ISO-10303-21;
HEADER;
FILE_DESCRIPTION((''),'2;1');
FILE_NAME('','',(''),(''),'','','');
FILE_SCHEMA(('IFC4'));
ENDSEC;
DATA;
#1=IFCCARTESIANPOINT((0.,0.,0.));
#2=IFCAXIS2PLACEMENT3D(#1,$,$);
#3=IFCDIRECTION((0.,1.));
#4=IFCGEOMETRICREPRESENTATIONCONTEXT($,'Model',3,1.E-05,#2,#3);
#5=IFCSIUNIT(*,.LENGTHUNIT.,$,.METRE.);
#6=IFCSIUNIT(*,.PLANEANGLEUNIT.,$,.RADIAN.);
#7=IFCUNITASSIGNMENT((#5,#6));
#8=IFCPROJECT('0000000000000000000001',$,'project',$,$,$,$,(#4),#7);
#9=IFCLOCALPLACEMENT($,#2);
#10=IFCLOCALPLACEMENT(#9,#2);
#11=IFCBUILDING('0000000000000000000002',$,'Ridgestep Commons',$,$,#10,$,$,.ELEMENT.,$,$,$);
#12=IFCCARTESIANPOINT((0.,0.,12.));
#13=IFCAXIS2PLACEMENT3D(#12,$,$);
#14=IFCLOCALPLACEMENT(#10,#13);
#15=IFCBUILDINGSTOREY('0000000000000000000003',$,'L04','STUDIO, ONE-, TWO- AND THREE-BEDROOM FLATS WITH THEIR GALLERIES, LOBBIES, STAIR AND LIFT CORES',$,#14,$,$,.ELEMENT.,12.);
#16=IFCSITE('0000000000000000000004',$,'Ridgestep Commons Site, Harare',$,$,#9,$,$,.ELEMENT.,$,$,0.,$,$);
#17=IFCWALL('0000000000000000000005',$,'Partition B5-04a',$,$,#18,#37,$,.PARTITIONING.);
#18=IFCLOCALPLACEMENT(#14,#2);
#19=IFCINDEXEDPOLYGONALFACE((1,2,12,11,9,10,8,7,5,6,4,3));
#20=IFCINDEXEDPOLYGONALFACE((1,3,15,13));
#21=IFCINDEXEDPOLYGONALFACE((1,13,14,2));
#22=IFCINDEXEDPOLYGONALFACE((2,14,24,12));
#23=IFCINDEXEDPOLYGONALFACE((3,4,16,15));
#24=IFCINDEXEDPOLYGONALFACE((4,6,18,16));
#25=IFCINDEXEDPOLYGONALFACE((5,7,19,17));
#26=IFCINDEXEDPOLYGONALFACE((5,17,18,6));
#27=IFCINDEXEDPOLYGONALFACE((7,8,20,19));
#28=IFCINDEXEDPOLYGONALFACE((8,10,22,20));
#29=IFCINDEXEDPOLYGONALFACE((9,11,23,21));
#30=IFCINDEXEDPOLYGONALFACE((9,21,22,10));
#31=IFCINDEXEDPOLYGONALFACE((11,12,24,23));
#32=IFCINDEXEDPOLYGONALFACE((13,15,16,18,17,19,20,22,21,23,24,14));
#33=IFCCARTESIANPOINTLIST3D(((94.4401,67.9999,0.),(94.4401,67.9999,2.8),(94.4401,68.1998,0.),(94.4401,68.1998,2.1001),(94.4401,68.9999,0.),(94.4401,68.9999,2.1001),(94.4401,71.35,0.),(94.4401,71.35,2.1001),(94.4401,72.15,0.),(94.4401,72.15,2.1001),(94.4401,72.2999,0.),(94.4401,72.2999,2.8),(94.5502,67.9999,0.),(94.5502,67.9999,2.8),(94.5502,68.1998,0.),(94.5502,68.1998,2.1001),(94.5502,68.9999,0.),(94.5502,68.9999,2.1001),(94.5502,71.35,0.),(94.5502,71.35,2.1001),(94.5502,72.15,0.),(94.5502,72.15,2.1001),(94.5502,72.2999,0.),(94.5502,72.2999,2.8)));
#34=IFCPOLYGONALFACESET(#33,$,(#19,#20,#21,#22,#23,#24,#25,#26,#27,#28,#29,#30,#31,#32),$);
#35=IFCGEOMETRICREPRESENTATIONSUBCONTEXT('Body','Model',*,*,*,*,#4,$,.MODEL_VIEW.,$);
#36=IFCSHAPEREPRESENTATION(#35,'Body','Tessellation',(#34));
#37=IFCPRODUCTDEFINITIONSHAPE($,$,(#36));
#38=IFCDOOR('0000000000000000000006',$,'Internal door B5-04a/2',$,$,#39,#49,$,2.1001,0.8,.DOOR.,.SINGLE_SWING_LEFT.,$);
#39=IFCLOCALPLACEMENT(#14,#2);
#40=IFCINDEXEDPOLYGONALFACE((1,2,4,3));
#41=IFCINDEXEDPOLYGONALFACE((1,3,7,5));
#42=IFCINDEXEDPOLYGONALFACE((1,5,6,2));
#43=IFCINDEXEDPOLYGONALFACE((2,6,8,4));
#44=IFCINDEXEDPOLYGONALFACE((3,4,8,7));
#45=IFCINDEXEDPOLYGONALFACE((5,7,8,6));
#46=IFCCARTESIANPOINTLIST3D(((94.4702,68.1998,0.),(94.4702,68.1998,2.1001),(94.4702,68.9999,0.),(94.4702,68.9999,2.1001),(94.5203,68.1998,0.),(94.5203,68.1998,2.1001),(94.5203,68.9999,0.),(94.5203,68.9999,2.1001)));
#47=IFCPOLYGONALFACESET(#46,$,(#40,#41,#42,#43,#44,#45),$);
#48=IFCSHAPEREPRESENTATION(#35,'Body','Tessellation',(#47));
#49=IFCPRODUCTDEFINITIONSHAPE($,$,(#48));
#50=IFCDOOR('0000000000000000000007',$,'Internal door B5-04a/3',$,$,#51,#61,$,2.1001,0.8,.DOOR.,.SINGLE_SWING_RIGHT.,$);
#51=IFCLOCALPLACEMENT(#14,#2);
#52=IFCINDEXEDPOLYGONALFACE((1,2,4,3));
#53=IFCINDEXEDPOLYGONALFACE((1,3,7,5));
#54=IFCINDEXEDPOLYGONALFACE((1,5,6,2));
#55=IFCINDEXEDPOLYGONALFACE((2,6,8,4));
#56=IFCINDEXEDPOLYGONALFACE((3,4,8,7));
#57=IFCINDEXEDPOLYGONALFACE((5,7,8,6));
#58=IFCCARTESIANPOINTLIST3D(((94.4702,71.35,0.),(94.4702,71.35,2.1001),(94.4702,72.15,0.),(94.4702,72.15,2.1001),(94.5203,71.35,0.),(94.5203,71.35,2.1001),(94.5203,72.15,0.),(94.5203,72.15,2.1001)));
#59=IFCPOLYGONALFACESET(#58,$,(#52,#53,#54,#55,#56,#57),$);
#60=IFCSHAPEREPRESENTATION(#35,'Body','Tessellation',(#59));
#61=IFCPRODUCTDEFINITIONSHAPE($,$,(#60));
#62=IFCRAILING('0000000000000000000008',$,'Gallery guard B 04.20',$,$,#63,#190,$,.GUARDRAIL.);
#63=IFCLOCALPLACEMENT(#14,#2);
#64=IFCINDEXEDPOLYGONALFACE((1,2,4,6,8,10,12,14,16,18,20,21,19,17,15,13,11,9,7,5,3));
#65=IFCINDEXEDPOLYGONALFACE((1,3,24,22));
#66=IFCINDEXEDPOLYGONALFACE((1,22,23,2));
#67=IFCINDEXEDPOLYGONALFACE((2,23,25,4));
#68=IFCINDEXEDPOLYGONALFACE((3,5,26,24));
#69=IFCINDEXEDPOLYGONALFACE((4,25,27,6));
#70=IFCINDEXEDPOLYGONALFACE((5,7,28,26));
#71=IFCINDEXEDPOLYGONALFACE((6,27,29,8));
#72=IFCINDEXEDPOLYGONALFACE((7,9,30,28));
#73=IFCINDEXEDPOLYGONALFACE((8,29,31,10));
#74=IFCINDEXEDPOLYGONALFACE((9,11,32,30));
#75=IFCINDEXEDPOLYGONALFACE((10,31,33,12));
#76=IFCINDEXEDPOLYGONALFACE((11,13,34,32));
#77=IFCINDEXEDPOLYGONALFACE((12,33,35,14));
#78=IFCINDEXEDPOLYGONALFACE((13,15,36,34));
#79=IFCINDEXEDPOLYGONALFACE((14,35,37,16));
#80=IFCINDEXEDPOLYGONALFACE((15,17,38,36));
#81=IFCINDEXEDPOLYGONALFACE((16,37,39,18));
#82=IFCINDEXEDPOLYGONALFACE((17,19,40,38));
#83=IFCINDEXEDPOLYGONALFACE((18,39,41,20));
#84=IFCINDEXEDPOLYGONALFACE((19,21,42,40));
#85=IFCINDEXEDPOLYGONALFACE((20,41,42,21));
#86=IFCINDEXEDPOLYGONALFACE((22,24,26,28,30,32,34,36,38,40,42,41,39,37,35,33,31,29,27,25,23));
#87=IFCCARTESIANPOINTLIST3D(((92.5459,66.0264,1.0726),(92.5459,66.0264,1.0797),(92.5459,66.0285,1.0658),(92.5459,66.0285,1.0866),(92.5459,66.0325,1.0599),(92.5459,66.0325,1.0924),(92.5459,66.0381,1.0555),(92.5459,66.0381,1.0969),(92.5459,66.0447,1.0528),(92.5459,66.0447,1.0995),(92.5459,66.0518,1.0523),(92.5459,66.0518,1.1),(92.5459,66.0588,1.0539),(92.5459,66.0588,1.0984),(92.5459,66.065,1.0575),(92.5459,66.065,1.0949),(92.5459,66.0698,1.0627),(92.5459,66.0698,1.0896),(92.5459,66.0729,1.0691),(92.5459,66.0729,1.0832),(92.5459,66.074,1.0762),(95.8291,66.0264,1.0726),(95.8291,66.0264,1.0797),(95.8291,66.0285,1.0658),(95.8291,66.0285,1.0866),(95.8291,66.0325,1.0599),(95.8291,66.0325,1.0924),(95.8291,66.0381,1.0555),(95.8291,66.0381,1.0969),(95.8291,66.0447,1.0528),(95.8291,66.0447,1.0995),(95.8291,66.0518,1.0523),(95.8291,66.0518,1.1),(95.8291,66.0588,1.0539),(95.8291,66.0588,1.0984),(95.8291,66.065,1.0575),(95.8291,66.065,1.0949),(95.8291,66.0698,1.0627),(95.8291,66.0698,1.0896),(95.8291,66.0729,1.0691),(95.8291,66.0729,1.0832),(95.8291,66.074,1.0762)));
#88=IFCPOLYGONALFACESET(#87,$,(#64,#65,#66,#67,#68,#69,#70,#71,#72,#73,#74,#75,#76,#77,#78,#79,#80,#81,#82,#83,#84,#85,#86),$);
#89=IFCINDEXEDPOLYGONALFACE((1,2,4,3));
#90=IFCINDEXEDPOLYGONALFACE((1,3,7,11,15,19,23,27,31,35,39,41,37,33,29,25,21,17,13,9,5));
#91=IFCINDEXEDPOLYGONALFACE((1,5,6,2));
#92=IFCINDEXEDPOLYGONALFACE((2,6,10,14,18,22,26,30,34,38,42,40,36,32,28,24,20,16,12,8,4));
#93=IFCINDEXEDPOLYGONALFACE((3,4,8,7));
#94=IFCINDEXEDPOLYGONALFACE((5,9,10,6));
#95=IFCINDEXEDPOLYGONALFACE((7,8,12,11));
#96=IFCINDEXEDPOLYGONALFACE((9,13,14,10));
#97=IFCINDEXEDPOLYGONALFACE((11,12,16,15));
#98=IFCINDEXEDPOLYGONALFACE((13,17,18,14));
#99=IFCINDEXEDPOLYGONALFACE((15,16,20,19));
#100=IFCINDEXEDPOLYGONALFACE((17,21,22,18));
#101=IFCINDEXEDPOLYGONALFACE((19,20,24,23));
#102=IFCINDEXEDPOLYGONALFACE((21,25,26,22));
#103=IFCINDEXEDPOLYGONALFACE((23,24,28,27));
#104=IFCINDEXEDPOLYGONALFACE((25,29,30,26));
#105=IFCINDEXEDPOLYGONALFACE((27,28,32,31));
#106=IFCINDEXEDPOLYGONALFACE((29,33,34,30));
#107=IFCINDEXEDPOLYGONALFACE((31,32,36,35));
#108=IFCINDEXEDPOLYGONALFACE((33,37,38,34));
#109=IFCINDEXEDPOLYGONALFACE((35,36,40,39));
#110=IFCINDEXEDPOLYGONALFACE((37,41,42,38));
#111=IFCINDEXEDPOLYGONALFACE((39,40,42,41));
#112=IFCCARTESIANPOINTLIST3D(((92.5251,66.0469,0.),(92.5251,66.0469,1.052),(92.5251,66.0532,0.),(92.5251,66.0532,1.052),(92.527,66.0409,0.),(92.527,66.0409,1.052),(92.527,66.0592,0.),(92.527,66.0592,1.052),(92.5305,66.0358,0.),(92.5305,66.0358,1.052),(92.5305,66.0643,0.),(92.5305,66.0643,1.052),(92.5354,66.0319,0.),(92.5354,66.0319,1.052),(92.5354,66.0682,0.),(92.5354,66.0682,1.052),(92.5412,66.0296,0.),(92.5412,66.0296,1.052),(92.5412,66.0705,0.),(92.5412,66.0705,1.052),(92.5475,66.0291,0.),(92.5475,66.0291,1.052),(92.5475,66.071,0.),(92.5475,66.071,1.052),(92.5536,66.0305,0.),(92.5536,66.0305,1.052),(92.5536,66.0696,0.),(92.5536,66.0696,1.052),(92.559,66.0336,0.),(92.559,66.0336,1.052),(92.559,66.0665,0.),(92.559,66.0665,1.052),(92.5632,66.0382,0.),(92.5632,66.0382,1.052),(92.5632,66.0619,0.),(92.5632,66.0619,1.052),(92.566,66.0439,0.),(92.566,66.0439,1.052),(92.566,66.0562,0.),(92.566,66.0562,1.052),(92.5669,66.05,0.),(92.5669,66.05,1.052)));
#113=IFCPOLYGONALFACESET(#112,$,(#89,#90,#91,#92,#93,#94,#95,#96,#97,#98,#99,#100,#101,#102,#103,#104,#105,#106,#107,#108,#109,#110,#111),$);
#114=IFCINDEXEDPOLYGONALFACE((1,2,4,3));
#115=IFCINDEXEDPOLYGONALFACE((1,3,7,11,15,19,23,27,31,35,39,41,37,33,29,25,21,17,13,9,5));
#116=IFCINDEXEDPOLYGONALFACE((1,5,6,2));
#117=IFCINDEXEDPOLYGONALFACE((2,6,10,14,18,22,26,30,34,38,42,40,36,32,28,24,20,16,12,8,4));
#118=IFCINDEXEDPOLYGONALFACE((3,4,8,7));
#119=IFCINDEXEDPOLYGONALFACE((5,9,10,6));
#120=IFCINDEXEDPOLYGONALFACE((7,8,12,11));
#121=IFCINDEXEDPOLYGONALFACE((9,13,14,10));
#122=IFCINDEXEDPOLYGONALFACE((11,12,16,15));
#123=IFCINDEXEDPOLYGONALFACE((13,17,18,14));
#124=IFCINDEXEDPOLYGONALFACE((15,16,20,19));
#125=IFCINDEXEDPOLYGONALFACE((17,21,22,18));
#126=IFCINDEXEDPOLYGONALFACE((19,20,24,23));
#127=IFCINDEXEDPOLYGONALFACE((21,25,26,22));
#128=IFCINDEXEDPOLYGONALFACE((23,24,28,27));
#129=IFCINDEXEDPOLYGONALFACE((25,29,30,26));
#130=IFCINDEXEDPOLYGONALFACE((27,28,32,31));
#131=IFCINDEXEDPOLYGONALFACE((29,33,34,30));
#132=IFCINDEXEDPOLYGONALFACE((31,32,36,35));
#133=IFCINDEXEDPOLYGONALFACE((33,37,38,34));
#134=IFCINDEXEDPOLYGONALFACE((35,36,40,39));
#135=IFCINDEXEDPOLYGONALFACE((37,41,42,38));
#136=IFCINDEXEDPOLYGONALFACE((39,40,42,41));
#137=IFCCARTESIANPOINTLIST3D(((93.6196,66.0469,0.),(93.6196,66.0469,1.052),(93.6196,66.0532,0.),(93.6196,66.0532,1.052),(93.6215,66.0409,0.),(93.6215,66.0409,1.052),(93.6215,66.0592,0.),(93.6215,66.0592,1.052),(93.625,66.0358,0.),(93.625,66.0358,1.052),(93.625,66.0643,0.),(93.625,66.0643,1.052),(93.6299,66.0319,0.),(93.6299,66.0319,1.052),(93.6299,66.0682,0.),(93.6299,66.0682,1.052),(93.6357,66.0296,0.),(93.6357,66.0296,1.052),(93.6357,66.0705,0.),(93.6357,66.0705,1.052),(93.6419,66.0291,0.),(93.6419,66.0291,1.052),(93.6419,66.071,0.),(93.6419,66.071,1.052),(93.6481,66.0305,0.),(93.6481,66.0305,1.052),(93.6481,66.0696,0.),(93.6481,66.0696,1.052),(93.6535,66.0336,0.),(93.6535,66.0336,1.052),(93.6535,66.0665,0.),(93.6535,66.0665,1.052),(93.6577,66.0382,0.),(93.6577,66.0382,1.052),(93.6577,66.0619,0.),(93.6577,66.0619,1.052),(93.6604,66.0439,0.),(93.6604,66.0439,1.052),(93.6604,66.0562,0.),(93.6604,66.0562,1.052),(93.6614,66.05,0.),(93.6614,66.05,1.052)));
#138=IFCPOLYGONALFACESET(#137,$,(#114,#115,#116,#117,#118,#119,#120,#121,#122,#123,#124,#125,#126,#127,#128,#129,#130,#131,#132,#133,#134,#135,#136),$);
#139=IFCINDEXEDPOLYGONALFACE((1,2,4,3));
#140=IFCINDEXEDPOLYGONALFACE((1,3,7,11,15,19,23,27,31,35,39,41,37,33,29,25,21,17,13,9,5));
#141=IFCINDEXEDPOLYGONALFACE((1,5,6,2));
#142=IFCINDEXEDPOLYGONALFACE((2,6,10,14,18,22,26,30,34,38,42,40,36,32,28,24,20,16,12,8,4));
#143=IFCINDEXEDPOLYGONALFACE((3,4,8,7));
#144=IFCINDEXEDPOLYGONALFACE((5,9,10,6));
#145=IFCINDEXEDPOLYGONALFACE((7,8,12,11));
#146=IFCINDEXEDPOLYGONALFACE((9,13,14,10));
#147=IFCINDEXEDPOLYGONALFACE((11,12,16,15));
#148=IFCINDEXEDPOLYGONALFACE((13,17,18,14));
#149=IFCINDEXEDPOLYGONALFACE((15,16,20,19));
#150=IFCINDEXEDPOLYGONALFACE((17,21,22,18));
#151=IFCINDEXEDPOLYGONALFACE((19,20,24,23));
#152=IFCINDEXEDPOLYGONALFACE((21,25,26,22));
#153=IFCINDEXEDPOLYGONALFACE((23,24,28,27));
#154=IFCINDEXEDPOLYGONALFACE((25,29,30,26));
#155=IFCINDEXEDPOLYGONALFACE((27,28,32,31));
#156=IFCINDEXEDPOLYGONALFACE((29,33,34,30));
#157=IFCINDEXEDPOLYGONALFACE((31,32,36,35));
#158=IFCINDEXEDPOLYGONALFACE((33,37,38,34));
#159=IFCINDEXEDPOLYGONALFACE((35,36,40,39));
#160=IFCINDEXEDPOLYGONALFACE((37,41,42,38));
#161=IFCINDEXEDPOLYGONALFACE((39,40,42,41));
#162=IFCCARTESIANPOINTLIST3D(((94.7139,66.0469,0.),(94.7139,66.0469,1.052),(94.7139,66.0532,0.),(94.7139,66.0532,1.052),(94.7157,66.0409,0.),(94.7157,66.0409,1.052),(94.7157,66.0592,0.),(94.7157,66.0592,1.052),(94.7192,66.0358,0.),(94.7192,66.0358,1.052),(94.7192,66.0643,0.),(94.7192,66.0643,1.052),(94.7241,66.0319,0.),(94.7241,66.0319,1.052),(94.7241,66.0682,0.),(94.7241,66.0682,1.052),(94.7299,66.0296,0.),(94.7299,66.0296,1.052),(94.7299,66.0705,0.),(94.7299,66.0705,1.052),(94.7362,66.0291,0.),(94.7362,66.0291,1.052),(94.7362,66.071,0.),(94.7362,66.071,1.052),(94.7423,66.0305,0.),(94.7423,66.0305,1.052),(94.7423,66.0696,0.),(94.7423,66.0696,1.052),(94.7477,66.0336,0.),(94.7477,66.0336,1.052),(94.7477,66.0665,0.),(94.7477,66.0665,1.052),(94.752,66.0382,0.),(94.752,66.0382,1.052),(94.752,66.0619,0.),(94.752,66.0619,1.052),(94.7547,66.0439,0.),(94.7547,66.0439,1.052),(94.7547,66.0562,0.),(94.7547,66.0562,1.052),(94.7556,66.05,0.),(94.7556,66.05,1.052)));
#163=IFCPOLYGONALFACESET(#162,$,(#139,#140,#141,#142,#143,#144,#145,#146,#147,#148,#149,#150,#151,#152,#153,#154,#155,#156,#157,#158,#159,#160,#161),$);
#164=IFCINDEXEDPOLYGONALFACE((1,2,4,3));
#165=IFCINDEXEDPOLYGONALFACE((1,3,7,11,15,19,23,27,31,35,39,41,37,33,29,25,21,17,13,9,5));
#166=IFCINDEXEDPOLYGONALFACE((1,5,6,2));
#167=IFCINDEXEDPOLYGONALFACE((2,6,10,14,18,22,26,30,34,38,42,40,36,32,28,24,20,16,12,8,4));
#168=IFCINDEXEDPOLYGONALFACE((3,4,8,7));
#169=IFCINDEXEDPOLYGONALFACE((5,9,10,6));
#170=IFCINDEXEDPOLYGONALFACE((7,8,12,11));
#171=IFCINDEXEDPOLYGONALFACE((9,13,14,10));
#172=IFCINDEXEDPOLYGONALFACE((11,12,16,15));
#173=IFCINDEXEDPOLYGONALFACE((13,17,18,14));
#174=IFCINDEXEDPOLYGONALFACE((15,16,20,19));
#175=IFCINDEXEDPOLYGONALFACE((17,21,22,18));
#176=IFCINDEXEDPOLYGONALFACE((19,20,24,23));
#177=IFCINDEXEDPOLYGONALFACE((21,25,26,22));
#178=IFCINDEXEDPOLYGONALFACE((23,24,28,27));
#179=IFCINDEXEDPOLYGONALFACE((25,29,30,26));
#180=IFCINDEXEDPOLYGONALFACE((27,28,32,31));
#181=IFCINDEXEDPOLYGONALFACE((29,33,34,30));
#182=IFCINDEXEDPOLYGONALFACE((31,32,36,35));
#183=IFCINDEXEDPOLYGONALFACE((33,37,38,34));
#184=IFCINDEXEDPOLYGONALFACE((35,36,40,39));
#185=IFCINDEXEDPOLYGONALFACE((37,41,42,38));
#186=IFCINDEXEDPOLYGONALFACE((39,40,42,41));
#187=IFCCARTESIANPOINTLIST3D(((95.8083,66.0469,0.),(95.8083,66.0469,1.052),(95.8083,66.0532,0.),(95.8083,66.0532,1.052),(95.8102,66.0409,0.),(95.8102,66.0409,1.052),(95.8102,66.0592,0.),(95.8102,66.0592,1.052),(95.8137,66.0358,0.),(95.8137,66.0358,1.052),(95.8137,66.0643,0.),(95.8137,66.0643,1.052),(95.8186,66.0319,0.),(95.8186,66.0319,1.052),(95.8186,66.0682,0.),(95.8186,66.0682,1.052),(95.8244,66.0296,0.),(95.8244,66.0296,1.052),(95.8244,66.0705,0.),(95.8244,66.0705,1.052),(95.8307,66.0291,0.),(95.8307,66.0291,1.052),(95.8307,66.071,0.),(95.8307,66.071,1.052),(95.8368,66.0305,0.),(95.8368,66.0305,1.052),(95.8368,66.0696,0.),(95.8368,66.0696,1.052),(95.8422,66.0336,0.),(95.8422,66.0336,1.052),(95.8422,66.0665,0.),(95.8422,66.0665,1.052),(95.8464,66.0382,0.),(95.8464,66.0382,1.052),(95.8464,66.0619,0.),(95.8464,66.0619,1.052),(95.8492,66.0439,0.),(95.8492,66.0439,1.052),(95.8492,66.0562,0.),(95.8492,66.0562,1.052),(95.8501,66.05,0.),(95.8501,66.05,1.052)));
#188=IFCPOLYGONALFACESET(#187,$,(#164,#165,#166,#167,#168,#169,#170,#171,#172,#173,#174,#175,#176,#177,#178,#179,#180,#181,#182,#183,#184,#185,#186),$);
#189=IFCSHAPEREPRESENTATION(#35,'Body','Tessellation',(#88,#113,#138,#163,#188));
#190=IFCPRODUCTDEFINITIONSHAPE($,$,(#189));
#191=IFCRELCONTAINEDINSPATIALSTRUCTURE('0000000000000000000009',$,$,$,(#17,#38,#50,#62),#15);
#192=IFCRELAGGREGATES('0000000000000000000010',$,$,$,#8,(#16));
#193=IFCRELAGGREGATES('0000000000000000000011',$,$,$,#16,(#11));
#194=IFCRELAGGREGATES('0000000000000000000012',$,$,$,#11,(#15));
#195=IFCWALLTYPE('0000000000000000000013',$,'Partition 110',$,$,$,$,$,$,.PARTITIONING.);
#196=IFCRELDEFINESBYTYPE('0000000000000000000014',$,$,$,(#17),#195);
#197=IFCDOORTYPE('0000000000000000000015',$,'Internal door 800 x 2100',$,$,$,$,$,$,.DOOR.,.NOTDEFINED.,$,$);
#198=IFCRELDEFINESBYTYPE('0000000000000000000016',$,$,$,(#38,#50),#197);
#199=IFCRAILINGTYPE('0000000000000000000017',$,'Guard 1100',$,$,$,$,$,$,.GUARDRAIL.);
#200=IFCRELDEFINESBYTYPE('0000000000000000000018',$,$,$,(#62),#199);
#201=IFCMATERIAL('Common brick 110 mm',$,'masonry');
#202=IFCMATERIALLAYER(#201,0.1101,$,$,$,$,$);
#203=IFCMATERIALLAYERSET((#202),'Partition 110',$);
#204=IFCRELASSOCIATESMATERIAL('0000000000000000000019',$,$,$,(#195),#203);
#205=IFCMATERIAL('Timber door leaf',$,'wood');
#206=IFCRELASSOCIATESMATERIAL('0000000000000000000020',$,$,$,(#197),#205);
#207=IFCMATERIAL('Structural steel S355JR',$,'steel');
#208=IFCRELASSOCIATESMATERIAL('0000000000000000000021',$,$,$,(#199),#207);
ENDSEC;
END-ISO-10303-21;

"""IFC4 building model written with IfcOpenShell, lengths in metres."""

from ifc_helpers import new_model, si_unit, direction, frame, frame_2d, origin, origin_2d, place, context, subcontext, project, spatial, rectangle, circle, extrude, material, layer, layer_set, type_object, element, fill, save


model = new_model("IFC4")

# Units and contexts
model_context = context("Model", 3, precision=1e-05, world=origin(), true_north=direction((0.0, 1.0)))
body_context = subcontext(model_context, "Body", "Model", "MODEL_VIEW")
ifc_project = project(units=[si_unit("LENGTHUNIT", "METRE"), si_unit("PLANEANGLEUNIT", "RADIAN")], contexts=[model_context])

# Site, building, storey
site_placement = place(None, origin())
site = spatial("IfcSite", under=ifc_project, at=site_placement, Name="Ridgestep Commons Site, Harare", CompositionType="ELEMENT", RefElevation=0.0)
building_placement = place(site_placement, origin())
building = spatial("IfcBuilding", under=site, at=building_placement, Name="Ridgestep Commons", CompositionType="ELEMENT")
storey_placement = place(building_placement, frame((0.0, 0.0, 12.0)))
storey = spatial("IfcBuildingStorey", under=building, at=storey_placement, Name="L04", Description="STUDIO, ONE-, TWO- AND THREE-BEDROOM FLATS WITH THEIR GALLERIES, LOBBIES, STAIR AND LIFT CORES", CompositionType="ELEMENT", Elevation=12.0)

# Wall, openings, doors
ifc_material_1 = material(Name="Common brick 110 mm", Category="masonry")
ifc_layer_1 = layer(ifc_material_1, 0.1101)
ifc_layer_set_1 = layer_set([ifc_layer_1], Name="Partition 110")
wall_type_1 = type_object("IfcWallType", Name="Partition 110", PredefinedType="PARTITIONING", material=ifc_layer_set_1)
wall_1_placement = place(storey_placement, frame((94.4951, 68.0, 0.0), z_axis=(0.0, 0.0, 1.0), x_axis=(0.0, 1.0, 0.0)))
wall_1 = element("IfcWall", 1, at=wall_1_placement, inside=storey, type_object=wall_type_1, Name="Partition B5-04a", PredefinedType="PARTITIONING", context=body_context, shape_type="SweptSolid", body=[
    extrude(rectangle(XDim=4.3, YDim=0.1101, at=frame_2d((2.1499, 0.0))), origin(), (0.0, 0.0, 1.0), 2.8),
])
opening_1_placement = place(wall_1_placement, frame((0.2, 0.0, 0.0)))
opening_1 = element("IfcOpeningElement", 2, at=opening_1_placement, cuts=wall_1, PredefinedType="OPENING", context=body_context, shape_type="SweptSolid", body=[
    extrude(rectangle(XDim=0.8, YDim=2.1001, at=frame_2d((0.3999, 1.05))), frame((0.0, 0.0649, 0.0), z_axis=(0.0, -1.0, 0.0), x_axis=(1.0, 0.0, 0.0)), (0.0, 0.0, 1.0), 0.1301),
])
opening_2_placement = place(wall_1_placement, frame((3.3501, 0.0, 0.0)))
opening_2 = element("IfcOpeningElement", 3, at=opening_2_placement, cuts=wall_1, PredefinedType="OPENING", context=body_context, shape_type="SweptSolid", body=[
    extrude(rectangle(XDim=0.8, YDim=2.1001, at=frame_2d((0.3999, 1.05))), frame((0.0, 0.0649, 0.0), z_axis=(0.0, -1.0, 0.0), x_axis=(1.0, 0.0, 0.0)), (0.0, 0.0, 1.0), 0.1301),
])
ifc_material_2 = material(Name="Timber door leaf", Category="wood")
door_type_1 = type_object("IfcDoorType", Name="Internal door 800 x 2100", OperationType="NOTDEFINED", PredefinedType="DOOR", material=ifc_material_2)
door_1_placement = place(opening_1_placement, origin())
door_1 = element("IfcDoor", 4, at=door_1_placement, inside=storey, type_object=door_type_1, Name="Internal door B5-04a/2", OperationType="SINGLE_SWING_LEFT", OverallHeight=2.1001, OverallWidth=0.8, PredefinedType="DOOR", context=body_context, shape_type="SweptSolid", body=[
    extrude(rectangle(XDim=0.8, YDim=2.1001, at=frame_2d((0.3999, 1.05))), frame((0.0, 0.0249, 0.0), z_axis=(0.0, -1.0, 0.0), x_axis=(1.0, 0.0, 0.0)), (0.0, 0.0, 1.0), 0.05),
])
fill(opening_1, door_1)
door_2_placement = place(opening_2_placement, origin())
door_2 = element("IfcDoor", 5, at=door_2_placement, inside=storey, type_object=door_type_1, Name="Internal door B5-04a/3", OperationType="SINGLE_SWING_RIGHT", OverallHeight=2.1001, OverallWidth=0.8, PredefinedType="DOOR", context=body_context, shape_type="SweptSolid", body=[
    extrude(rectangle(XDim=0.8, YDim=2.1001, at=frame_2d((0.3999, 1.05))), frame((0.0, 0.0249, 0.0), z_axis=(0.0, -1.0, 0.0), x_axis=(1.0, 0.0, 0.0)), (0.0, 0.0, 1.0), 0.05),
])
fill(opening_2, door_2)

# Railing
ifc_material_3 = material(Name="Structural steel S355JR", Category="steel")
railing_type_1 = type_object("IfcRailingType", Name="Guard 1100", PredefinedType="GUARDRAIL", material=ifc_material_3)
railing_1_placement = place(storey_placement, frame((92.5459, 66.05, 0.0)))
element("IfcRailing", 6, at=railing_1_placement, inside=storey, type_object=railing_type_1, Name="Gallery guard B 04.20", PredefinedType="GUARDRAIL", context=body_context, shape_type="SweptSolid", body=[
    extrude(circle(Radius=0.0239, at=origin_2d()), frame((0.0, 0.0, 1.0762), z_axis=(1.0, 0.0, 0.0), x_axis=(0.0, 1.0, 0.0)), (0.0, 0.0, 1.0), 3.2832),
    extrude(circle(Radius=0.021, at=origin_2d()), origin(), (0.0, 0.0, 1.0), 1.052),
    extrude(circle(Radius=0.021, at=origin_2d()), frame((1.0945, 0.0, 0.0)), (0.0, 0.0, 1.0), 1.052),
    extrude(circle(Radius=0.021, at=origin_2d()), frame((2.1887, 0.0, 0.0)), (0.0, 0.0, 1.0), 1.052),
    extrude(circle(Radius=0.021, at=origin_2d()), frame((3.2832, 0.0, 0.0)), (0.0, 0.0, 1.0), 1.052),
])

save(model, "model.ifc")
